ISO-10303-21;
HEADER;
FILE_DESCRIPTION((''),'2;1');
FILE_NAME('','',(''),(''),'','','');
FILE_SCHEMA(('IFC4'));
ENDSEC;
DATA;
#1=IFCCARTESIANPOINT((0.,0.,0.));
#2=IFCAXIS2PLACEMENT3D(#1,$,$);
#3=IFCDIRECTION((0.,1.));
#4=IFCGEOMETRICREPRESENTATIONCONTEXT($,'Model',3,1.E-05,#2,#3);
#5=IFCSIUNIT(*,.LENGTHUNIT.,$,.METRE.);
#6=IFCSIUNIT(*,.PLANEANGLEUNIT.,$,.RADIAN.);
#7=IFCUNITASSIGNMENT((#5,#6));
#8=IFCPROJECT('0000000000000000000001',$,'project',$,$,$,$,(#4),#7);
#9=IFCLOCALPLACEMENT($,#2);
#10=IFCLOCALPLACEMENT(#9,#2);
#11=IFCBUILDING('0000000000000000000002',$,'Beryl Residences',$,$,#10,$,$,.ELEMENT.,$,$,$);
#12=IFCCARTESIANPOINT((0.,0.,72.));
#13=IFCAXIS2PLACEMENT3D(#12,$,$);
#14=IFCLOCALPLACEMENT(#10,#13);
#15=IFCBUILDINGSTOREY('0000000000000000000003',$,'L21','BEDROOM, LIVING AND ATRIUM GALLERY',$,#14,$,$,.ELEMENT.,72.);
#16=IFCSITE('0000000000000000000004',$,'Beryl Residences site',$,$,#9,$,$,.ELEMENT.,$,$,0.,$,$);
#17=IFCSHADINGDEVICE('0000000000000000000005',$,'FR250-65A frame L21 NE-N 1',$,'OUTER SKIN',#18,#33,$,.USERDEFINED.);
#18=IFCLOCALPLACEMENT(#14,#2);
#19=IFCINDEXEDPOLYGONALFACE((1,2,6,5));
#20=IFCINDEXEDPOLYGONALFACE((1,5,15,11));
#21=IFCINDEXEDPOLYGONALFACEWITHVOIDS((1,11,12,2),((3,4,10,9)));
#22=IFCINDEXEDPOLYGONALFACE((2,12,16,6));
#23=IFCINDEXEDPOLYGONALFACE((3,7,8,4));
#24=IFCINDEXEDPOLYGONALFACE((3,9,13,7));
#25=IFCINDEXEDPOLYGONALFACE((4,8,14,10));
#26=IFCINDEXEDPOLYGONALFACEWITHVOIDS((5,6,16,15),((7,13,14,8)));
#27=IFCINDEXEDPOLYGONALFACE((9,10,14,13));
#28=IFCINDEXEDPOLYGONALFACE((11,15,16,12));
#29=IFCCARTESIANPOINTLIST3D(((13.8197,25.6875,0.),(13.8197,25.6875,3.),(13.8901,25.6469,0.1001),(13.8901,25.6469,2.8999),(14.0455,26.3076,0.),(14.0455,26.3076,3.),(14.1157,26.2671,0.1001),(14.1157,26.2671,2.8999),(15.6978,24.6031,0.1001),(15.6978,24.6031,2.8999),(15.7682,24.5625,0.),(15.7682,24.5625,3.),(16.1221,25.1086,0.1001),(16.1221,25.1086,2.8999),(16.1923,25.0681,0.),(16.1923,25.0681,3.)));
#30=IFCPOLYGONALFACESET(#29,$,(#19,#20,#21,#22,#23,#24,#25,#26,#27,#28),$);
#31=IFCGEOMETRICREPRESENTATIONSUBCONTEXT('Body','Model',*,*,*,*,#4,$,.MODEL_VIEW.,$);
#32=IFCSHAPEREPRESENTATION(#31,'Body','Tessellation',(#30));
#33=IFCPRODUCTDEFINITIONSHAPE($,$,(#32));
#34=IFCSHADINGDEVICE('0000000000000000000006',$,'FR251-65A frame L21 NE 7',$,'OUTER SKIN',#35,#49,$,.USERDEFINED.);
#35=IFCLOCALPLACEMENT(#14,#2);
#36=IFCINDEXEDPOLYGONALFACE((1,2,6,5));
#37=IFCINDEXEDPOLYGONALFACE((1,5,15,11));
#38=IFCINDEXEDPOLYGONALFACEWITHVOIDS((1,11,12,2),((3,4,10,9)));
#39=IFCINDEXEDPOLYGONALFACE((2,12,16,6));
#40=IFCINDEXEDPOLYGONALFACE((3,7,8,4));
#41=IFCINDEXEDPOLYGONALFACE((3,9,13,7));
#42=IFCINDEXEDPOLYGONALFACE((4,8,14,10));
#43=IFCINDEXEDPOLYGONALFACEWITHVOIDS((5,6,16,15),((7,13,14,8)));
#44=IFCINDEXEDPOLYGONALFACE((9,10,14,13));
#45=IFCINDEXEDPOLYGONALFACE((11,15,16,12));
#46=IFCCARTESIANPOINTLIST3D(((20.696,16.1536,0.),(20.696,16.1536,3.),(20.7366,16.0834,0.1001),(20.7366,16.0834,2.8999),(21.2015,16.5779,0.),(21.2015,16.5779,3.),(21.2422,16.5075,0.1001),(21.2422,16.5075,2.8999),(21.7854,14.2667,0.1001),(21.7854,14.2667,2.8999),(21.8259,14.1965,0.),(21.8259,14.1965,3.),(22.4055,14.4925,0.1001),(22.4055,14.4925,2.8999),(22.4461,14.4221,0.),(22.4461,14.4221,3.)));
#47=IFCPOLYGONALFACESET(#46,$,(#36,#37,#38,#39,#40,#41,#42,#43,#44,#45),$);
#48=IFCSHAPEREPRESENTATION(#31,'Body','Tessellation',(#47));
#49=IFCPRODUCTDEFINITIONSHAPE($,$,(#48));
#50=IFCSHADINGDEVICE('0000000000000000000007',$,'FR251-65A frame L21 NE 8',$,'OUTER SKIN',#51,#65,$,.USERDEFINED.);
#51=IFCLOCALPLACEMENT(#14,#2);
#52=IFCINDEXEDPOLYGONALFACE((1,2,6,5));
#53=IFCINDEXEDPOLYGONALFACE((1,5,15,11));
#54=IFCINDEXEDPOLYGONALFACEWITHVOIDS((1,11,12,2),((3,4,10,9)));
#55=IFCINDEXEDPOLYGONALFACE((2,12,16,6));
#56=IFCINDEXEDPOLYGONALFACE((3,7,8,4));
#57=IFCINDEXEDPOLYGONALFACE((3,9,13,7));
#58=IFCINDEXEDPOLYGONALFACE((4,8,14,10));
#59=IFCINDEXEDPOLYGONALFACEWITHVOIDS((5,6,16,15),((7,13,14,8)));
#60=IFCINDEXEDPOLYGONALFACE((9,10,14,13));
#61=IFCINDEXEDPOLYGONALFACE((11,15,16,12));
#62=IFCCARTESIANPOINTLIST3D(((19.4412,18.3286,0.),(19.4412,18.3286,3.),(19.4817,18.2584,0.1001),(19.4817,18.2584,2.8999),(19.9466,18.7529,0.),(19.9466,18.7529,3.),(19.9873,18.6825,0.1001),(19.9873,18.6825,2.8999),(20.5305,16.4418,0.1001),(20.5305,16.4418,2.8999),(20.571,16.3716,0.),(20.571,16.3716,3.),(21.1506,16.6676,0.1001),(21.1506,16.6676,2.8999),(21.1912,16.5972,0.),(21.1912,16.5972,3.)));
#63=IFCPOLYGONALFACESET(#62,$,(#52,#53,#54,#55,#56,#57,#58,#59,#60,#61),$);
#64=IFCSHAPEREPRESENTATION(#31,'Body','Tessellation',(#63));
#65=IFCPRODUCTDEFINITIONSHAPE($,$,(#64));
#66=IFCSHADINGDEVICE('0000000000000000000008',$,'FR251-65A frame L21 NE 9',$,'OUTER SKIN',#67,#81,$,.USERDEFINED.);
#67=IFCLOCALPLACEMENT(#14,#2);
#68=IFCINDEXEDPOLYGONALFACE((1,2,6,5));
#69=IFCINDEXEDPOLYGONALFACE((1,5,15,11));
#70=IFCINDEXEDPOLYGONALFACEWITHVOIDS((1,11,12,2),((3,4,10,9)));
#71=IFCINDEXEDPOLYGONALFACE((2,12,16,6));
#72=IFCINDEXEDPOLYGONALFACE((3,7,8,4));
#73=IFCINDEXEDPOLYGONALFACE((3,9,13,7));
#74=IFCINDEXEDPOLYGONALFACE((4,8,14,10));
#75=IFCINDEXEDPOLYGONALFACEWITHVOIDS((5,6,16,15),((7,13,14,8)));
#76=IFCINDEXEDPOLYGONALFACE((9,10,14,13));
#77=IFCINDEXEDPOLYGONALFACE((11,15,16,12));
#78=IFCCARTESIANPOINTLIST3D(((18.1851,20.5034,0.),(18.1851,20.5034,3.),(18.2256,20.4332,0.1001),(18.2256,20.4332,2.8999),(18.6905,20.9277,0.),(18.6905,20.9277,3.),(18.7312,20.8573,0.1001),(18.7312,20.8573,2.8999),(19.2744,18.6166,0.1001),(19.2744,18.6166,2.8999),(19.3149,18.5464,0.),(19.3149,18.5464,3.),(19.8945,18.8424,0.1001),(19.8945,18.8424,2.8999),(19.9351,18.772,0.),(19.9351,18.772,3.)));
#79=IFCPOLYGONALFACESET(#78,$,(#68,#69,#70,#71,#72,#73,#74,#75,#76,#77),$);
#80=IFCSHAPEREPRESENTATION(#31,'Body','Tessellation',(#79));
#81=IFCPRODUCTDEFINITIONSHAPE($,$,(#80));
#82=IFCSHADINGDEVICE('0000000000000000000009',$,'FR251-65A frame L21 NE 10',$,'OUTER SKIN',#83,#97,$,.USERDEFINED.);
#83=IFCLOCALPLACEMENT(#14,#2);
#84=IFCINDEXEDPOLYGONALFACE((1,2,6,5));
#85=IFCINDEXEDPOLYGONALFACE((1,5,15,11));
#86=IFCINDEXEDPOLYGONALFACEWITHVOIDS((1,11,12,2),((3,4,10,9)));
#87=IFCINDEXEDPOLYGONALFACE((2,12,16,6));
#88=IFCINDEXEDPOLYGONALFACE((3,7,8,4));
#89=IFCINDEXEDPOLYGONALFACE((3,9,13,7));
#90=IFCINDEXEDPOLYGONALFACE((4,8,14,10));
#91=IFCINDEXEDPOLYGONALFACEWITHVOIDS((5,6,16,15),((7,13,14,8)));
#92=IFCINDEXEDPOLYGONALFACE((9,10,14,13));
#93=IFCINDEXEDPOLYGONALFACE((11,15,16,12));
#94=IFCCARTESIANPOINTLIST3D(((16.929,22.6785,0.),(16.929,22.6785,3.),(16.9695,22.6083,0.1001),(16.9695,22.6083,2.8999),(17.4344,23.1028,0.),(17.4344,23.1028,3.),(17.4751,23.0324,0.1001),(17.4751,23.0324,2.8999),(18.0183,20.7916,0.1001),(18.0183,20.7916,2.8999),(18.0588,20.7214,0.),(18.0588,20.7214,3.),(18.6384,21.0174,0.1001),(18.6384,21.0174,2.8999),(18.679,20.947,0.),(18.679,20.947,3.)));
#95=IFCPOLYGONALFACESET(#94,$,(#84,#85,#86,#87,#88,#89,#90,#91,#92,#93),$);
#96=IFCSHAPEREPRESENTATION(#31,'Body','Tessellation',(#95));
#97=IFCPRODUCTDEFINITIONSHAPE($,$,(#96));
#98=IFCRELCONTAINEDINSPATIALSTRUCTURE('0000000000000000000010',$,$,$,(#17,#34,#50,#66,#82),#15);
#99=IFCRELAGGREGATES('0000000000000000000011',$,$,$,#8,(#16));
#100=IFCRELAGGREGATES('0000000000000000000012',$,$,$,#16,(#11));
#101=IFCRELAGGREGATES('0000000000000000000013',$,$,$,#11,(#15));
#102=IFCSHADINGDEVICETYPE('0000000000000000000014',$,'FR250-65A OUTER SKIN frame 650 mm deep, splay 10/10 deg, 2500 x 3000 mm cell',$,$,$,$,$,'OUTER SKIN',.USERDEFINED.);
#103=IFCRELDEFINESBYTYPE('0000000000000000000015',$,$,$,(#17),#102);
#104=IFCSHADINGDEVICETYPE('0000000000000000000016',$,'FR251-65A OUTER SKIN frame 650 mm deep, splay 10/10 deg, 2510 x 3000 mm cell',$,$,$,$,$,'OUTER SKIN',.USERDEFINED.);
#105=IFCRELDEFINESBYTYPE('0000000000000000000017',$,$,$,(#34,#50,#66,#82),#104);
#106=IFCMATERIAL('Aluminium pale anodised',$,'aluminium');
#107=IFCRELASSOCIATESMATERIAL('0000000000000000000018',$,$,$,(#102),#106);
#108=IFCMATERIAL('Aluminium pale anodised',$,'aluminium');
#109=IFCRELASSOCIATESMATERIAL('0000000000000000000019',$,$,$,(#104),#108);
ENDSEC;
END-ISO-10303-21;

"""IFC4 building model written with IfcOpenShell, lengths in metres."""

from ifc_helpers import new_model, entity, si_unit, direction, frame, origin, place, context, subcontext, project, spatial, source, transform, mapped, material, type_object, type_shapes, element, save


model = new_model("IFC4")

# Units and contexts
model_context = context("Model", 3, precision=1e-05, world=origin(), true_north=direction((0.0, 1.0)))
body_context = subcontext(model_context, "Body", "Model", "MODEL_VIEW")
ifc_project = project(units=[si_unit("LENGTHUNIT", "METRE"), si_unit("PLANEANGLEUNIT", "RADIAN")], contexts=[model_context])

# Site, building, storey
site_placement = place(None, origin())
site = spatial("IfcSite", under=ifc_project, at=site_placement, Name="Beryl Residences site", CompositionType="ELEMENT", RefElevation=0.0)
building_placement = place(site_placement, origin())
building = spatial("IfcBuilding", under=site, at=building_placement, Name="Beryl Residences", CompositionType="ELEMENT")
storey_placement = place(building_placement, frame((0.0, 0.0, 72.0)))
storey = spatial("IfcBuildingStorey", under=building, at=storey_placement, Name="L21", Description="BEDROOM, LIVING AND ATRIUM GALLERY", CompositionType="ELEMENT", Elevation=72.0)

# Shading devices
ifc_material_1 = material(Name="Aluminium pale anodised", Category="aluminium")
shading_device_type_1 = type_object("IfcShadingDeviceType", Name="FR250-65A OUTER SKIN frame 650 mm deep, splay 10/10 deg, 2500 x 3000 mm cell", ElementType="OUTER SKIN", PredefinedType="USERDEFINED", material=ifc_material_1)
cartesian_point_1 = entity("IfcCartesianPoint", [-1.125, 0.0])
cartesian_point_2 = entity("IfcCartesianPoint", [-1.0437, 0.1001])
cartesian_point_3 = entity("IfcCartesianPoint", [-1.2395, 0.0])
cartesian_point_4 = entity("IfcCartesianPoint", [-1.1584, 0.1001])
shared_shape_1 = source(origin(), body_context, "Body", "SweptSolid", [
    entity("IfcExtrudedAreaSolidTapered", entity("IfcArbitraryProfileDefWithVoids", "AREA", None, entity("IfcPolyline", [cartesian_point_1, entity("IfcCartesianPoint", [1.125, 0.0]), entity("IfcCartesianPoint", [1.125, 3.0]), entity("IfcCartesianPoint", [-1.125, 3.0]), cartesian_point_1]), [entity("IfcPolyline", [cartesian_point_2, entity("IfcCartesianPoint", [1.0437, 0.1001]), entity("IfcCartesianPoint", [1.0437, 2.8999]), entity("IfcCartesianPoint", [-1.0437, 2.8999]), cartesian_point_2])]), entity("IfcAxis2Placement3D", entity("IfcCartesianPoint", [0.0, 0.0, 0.0]), entity("IfcDirection", [0.0, 1.0, 0.0]), entity("IfcDirection", [-1.0, 0.0, 0.0])), entity("IfcDirection", [0.0, 0.0, 1.0]), 0.6499, entity("IfcArbitraryProfileDefWithVoids", "AREA", None, entity("IfcPolyline", [cartesian_point_3, entity("IfcCartesianPoint", [1.2395, 0.0]), entity("IfcCartesianPoint", [1.2395, 3.0]), entity("IfcCartesianPoint", [-1.2395, 3.0]), cartesian_point_3]), [entity("IfcPolyline", [cartesian_point_4, entity("IfcCartesianPoint", [1.1584, 0.1001]), entity("IfcCartesianPoint", [1.1584, 2.8999]), entity("IfcCartesianPoint", [-1.1584, 2.8999]), cartesian_point_4])])),
])
type_shapes(shading_device_type_1, [shared_shape_1])
shading_device_1_placement = place(storey_placement, frame((14.7939, 25.125, 0.0), z_axis=(0.0, 0.0, 1.0), x_axis=(0.866025, -0.5, 0.0)))
element("IfcShadingDevice", 1, at=shading_device_1_placement, inside=storey, type_object=shading_device_type_1, Name="FR250-65A frame L21 NE-N 1", ObjectType="OUTER SKIN", PredefinedType="USERDEFINED", context=body_context, shape_type="MappedRepresentation", body=[
    mapped(shared_shape_1, transform((0.0, 0.0, 0.0))),
])
ifc_material_2 = material(Name="Aluminium pale anodised", Category="aluminium")
shading_device_type_2 = type_object("IfcShadingDeviceType", Name="FR251-65A OUTER SKIN frame 650 mm deep, splay 10/10 deg, 2510 x 3000 mm cell", ElementType="OUTER SKIN", PredefinedType="USERDEFINED", material=ifc_material_2)
cartesian_point_5 = entity("IfcCartesianPoint", [-1.1299, 0.0])
cartesian_point_6 = entity("IfcCartesianPoint", [-1.0488, 0.1001])
cartesian_point_7 = entity("IfcCartesianPoint", [-1.2446, 0.0])
cartesian_point_8 = entity("IfcCartesianPoint", [-1.1633, 0.1001])
shared_shape_2 = source(origin(), body_context, "Body", "SweptSolid", [
    entity("IfcExtrudedAreaSolidTapered", entity("IfcArbitraryProfileDefWithVoids", "AREA", None, entity("IfcPolyline", [cartesian_point_5, entity("IfcCartesianPoint", [1.1299, 0.0]), entity("IfcCartesianPoint", [1.1299, 3.0]), entity("IfcCartesianPoint", [-1.1299, 3.0]), cartesian_point_5]), [entity("IfcPolyline", [cartesian_point_6, entity("IfcCartesianPoint", [1.0488, 0.1001]), entity("IfcCartesianPoint", [1.0488, 2.8999]), entity("IfcCartesianPoint", [-1.0488, 2.8999]), cartesian_point_6])]), entity("IfcAxis2Placement3D", entity("IfcCartesianPoint", [0.0, 0.0, 0.0]), entity("IfcDirection", [0.0, 1.0, 0.0]), entity("IfcDirection", [-1.0, 0.0, 0.0])), entity("IfcDirection", [0.0, 0.0, 1.0]), 0.6499, entity("IfcArbitraryProfileDefWithVoids", "AREA", None, entity("IfcPolyline", [cartesian_point_7, entity("IfcCartesianPoint", [1.2446, 0.0]), entity("IfcCartesianPoint", [1.2446, 3.0]), entity("IfcCartesianPoint", [-1.2446, 3.0]), cartesian_point_7]), [entity("IfcPolyline", [cartesian_point_8, entity("IfcCartesianPoint", [1.1633, 0.1001]), entity("IfcCartesianPoint", [1.1633, 2.8999]), entity("IfcCartesianPoint", [-1.1633, 2.8999]), cartesian_point_8])])),
])
type_shapes(shading_device_type_2, [shared_shape_2])
for number, where, z_axis, x_axis, name in (
    (2, (21.261, 15.175, 0.0), (0.0, 0.0, 1.0), (0.5, -0.866025, 0.0), "FR251-65A frame L21 NE 7"),
    (3, (20.0061, 17.3501, 0.0), (0.0, 0.0, 1.0), (0.5, -0.866025, 0.0), "FR251-65A frame L21 NE 8"),
    (4, (18.75, 19.5249, 0.0), (0.0, 0.0, 1.0), (0.5, -0.866025, 0.0), "FR251-65A frame L21 NE 9"),
    (5, (17.4939, 21.7, 0.0), (0.0, 0.0, 1.0), (0.5, -0.866025, 0.0), "FR251-65A frame L21 NE 10"),
):
    element("IfcShadingDevice", number, at=place(storey_placement, frame(where, z_axis=z_axis, x_axis=x_axis)), inside=storey, type_object=shading_device_type_2, Name=name, ObjectType="OUTER SKIN", PredefinedType="USERDEFINED", context=body_context, shape_type="MappedRepresentation", body=[
        mapped(shared_shape_2, transform((0.0, 0.0, 0.0))),
    ])

save(model, "model.ifc")
